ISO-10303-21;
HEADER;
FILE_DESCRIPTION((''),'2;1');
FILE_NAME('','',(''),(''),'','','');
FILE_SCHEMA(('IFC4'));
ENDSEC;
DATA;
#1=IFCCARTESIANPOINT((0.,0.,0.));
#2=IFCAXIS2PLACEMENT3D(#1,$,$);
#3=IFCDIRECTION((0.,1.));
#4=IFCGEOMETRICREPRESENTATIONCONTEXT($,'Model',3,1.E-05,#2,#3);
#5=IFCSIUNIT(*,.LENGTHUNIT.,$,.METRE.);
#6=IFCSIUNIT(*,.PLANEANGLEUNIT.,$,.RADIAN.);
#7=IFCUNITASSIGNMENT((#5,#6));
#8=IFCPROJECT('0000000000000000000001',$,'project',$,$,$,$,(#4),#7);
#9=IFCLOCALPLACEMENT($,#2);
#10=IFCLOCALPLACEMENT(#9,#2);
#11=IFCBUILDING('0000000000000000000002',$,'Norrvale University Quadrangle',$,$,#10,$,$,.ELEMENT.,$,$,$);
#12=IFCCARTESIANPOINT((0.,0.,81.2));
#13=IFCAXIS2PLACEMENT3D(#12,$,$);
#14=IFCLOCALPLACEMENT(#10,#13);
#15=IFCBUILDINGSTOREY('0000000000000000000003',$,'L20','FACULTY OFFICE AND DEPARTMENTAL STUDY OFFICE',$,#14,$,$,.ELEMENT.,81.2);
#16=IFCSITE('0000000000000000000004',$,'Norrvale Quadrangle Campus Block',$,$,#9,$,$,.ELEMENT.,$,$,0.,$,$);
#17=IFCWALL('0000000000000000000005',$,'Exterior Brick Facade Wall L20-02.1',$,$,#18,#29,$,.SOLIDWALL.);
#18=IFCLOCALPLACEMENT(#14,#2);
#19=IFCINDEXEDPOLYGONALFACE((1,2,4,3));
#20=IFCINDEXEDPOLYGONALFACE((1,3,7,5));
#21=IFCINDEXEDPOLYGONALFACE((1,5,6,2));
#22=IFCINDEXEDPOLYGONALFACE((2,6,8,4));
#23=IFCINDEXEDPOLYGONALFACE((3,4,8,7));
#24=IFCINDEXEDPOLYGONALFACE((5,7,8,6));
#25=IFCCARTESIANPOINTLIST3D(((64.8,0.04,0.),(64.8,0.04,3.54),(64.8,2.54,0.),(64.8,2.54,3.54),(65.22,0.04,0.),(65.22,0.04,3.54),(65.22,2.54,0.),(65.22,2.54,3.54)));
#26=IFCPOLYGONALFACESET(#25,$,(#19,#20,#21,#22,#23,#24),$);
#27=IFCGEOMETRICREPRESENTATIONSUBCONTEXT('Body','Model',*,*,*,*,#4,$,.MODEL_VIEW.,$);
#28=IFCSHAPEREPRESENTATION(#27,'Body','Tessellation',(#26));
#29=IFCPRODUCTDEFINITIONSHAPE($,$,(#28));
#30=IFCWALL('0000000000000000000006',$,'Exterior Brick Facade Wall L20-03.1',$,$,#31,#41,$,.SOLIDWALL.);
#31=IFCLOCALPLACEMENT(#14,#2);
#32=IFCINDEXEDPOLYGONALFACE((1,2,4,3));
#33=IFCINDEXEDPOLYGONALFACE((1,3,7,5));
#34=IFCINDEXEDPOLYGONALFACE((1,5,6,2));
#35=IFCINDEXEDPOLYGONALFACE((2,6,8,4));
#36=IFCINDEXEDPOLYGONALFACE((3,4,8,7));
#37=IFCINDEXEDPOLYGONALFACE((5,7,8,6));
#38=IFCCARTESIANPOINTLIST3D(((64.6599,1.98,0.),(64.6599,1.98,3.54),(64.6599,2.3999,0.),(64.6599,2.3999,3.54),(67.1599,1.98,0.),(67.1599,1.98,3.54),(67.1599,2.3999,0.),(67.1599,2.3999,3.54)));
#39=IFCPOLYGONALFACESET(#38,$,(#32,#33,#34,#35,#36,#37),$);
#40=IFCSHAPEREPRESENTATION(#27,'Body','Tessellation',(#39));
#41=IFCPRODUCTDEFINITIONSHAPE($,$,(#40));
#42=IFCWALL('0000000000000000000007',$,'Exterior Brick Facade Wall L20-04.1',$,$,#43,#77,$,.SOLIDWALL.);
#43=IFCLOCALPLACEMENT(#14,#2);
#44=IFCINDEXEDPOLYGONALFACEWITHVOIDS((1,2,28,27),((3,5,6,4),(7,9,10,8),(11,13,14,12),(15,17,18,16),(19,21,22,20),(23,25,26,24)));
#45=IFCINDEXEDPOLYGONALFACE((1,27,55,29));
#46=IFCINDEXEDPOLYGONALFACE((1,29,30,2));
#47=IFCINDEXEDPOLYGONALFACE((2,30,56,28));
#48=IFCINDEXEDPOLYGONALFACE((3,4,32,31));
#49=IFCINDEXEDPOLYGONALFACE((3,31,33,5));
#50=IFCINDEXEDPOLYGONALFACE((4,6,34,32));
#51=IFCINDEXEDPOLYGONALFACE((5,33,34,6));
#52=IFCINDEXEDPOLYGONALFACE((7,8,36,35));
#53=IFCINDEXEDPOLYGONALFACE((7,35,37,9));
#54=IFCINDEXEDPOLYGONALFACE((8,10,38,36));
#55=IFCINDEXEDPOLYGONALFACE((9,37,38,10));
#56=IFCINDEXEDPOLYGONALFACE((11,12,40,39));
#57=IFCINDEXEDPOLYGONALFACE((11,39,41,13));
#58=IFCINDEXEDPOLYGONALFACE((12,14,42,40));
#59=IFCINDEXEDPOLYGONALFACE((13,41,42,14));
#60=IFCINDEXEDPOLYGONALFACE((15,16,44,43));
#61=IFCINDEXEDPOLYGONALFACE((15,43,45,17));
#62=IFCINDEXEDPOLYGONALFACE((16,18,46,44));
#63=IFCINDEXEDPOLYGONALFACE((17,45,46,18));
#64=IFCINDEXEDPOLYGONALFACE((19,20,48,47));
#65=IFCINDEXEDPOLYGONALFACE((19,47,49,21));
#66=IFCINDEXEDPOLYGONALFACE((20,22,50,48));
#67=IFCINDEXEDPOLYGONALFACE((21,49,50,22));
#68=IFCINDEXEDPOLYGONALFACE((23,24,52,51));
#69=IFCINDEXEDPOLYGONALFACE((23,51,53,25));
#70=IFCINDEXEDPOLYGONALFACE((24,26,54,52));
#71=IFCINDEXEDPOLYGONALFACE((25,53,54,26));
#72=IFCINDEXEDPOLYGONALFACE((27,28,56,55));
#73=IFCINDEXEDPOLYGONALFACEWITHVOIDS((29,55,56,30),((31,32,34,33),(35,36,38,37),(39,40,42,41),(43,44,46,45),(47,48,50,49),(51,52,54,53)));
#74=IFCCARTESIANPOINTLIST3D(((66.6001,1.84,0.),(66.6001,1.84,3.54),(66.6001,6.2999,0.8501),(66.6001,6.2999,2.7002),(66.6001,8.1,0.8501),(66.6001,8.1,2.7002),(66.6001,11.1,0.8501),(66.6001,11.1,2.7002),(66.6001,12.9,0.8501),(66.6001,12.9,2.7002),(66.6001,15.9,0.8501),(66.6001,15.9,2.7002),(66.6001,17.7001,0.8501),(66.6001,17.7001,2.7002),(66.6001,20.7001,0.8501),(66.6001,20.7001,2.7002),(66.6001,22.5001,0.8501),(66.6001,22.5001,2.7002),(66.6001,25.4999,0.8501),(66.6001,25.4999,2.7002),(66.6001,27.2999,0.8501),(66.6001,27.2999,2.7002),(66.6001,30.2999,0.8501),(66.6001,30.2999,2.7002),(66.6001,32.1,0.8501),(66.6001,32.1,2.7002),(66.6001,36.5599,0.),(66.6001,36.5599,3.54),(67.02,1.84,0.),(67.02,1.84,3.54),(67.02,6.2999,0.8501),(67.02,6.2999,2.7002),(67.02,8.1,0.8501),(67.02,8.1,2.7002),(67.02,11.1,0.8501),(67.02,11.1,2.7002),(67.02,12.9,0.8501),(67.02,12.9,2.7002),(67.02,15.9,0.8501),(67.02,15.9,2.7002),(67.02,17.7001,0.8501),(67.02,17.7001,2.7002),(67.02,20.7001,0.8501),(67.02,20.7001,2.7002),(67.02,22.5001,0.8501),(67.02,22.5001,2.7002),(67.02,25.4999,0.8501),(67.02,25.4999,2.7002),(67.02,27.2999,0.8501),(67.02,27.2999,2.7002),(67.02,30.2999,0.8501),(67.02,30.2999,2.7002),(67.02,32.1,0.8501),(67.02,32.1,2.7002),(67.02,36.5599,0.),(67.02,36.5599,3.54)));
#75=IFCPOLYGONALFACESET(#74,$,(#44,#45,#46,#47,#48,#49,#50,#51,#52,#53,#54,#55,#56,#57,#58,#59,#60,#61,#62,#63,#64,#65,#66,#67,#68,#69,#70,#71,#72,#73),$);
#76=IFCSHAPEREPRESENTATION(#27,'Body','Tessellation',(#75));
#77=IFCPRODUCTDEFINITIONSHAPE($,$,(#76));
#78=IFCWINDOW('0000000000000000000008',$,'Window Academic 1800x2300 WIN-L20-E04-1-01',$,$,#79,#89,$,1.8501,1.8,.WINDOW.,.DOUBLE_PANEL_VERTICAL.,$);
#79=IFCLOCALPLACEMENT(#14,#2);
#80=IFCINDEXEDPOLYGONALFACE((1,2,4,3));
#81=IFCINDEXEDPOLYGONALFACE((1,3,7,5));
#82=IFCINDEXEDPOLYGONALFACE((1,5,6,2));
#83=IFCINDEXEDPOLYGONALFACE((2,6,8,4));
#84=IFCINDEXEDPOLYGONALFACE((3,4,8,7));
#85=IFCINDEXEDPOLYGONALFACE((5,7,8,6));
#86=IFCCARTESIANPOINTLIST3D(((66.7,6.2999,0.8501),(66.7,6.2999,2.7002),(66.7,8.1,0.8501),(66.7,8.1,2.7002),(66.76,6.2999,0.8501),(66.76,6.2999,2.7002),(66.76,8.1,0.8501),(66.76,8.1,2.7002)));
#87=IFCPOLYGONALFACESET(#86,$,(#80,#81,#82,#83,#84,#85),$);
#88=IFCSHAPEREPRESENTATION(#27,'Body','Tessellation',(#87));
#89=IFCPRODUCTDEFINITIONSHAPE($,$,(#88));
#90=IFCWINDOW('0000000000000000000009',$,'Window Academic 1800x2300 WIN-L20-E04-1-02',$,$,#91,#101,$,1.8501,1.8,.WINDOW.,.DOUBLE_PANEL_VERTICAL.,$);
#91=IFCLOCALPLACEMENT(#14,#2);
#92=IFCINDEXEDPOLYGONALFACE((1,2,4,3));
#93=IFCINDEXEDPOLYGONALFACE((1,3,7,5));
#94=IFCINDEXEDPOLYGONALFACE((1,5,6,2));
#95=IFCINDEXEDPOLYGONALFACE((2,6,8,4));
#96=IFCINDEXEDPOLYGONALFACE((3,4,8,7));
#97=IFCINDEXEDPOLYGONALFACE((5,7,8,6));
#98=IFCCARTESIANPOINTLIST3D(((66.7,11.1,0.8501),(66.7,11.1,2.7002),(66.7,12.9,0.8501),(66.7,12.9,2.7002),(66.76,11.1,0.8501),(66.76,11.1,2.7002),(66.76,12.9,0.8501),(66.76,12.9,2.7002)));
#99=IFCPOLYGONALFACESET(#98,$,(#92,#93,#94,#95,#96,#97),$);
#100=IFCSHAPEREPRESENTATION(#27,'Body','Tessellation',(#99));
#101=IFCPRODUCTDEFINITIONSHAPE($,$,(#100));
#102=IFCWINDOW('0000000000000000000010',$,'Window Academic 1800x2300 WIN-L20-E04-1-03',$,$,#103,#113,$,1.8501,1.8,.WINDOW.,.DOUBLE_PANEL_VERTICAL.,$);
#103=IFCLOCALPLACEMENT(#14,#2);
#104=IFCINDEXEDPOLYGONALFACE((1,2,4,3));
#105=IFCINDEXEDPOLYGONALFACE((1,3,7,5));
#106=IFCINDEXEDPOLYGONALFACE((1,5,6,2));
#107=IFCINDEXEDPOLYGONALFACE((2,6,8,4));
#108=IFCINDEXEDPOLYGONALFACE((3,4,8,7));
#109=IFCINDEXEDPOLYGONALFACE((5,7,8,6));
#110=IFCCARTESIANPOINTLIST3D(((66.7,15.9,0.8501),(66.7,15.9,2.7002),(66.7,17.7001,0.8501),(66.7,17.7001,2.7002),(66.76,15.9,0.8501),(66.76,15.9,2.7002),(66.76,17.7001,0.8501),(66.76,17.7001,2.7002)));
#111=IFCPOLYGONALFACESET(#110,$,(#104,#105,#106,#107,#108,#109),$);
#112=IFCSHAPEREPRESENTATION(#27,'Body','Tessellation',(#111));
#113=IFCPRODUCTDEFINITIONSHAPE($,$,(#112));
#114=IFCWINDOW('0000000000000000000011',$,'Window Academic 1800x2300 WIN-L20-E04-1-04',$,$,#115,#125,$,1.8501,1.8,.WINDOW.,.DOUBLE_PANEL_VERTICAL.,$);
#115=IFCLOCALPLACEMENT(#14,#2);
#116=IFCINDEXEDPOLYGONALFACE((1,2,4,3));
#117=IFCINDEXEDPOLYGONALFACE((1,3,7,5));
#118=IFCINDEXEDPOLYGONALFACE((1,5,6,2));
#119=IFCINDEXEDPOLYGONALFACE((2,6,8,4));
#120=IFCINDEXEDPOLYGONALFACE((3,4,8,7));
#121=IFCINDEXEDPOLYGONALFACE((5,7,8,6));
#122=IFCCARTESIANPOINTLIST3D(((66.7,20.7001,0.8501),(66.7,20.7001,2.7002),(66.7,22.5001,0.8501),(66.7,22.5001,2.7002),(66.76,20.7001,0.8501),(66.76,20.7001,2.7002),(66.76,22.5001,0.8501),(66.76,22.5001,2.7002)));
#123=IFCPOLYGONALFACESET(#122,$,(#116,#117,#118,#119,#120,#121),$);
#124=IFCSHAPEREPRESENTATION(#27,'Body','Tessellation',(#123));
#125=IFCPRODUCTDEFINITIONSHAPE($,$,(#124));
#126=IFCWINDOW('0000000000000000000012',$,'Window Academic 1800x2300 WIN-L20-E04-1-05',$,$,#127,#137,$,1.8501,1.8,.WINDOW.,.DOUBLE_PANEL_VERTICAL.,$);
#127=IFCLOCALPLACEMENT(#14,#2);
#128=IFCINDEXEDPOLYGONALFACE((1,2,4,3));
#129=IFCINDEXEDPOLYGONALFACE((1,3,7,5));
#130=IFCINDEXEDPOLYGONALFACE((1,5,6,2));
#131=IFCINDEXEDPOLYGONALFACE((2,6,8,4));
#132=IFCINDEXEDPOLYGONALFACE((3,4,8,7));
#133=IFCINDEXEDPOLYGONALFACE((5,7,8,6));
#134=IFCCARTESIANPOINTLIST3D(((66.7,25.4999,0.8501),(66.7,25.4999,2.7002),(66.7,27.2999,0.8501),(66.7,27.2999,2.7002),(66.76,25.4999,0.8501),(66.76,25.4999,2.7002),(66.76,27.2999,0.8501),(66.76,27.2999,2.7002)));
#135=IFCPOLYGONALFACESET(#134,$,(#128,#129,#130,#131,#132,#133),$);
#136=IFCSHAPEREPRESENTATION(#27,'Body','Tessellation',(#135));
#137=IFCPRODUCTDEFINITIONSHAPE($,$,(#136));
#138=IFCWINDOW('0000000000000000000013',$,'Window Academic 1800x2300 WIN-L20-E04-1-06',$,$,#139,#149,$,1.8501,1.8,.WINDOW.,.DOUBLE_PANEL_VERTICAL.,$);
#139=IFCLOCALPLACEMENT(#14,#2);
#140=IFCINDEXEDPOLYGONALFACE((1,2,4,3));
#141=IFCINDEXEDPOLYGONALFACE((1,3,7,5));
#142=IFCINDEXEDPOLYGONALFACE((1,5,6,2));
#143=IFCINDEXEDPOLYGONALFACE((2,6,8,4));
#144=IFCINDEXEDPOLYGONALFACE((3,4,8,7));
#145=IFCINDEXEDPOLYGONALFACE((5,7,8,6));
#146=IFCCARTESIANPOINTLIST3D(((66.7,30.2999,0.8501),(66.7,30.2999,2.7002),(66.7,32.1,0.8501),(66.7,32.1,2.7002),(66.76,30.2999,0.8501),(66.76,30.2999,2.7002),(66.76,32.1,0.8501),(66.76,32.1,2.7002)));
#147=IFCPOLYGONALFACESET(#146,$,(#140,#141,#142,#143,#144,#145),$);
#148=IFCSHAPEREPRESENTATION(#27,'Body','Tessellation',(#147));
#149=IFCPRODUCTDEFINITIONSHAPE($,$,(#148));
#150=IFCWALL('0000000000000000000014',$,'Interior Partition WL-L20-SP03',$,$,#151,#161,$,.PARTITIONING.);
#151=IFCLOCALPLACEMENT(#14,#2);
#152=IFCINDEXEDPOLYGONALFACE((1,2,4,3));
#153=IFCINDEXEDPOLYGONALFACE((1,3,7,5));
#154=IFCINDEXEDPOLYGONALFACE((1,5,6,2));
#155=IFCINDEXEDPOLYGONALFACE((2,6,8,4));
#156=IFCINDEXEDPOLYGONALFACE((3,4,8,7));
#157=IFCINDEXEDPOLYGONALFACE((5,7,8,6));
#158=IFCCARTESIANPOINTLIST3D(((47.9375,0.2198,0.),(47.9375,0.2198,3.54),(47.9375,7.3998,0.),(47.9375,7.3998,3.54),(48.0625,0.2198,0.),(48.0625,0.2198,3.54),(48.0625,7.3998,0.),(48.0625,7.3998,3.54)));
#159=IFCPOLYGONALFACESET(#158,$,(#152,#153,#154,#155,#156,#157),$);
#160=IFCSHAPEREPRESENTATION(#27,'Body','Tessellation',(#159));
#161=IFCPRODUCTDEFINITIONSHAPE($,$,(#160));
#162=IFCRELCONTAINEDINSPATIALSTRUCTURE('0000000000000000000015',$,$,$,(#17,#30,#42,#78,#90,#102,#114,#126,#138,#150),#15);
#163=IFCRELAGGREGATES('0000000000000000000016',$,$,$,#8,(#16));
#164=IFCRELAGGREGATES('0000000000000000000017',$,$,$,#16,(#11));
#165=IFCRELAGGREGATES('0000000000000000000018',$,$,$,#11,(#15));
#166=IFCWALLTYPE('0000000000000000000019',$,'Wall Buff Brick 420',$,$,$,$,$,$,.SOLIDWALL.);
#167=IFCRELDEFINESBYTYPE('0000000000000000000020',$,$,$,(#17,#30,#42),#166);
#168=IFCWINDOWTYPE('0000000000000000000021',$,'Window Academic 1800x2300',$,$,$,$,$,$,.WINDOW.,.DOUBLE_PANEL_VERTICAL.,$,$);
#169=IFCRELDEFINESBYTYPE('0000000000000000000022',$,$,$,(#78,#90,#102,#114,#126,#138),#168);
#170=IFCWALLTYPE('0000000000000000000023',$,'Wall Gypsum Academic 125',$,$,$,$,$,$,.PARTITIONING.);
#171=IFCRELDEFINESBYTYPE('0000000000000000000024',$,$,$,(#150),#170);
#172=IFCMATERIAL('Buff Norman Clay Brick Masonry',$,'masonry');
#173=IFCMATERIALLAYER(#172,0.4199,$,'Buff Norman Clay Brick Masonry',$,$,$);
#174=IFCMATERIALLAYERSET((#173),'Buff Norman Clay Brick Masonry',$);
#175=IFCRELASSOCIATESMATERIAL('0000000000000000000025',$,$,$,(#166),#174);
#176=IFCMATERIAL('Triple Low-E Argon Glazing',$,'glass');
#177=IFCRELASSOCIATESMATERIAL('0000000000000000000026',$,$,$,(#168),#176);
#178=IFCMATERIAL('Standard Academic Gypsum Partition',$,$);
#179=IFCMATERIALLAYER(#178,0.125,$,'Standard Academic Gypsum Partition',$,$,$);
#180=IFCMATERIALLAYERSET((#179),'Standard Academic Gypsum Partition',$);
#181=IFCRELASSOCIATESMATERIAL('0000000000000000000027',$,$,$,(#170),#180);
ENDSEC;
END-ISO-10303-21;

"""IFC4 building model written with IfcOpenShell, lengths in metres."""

from ifc_helpers import new_model, si_unit, direction, frame, frame_2d, origin, place, context, subcontext, project, spatial, rectangle, extrude, material, layer, layer_set, type_object, element, fill, save


model = new_model("IFC4")

# Units and contexts
model_context = context("Model", 3, precision=1e-05, world=origin(), true_north=direction((0.0, 1.0)))
body_context = subcontext(model_context, "Body", "Model", "MODEL_VIEW")
ifc_project = project(units=[si_unit("LENGTHUNIT", "METRE"), si_unit("PLANEANGLEUNIT", "RADIAN")], contexts=[model_context])

# Site, building, storey
site_placement = place(None, origin())
site = spatial("IfcSite", under=ifc_project, at=site_placement, Name="Norrvale Quadrangle Campus Block", CompositionType="ELEMENT", RefElevation=0.0)
building_placement = place(site_placement, origin())
building = spatial("IfcBuilding", under=site, at=building_placement, Name="Norrvale University Quadrangle", CompositionType="ELEMENT")
storey_placement = place(building_placement, frame((0.0, 0.0, 81.2)))
storey = spatial("IfcBuildingStorey", under=building, at=storey_placement, Name="L20", Description="FACULTY OFFICE AND DEPARTMENTAL STUDY OFFICE", CompositionType="ELEMENT", Elevation=81.2)

# Walls
ifc_material_1 = material(Name="Buff Norman Clay Brick Masonry", Category="masonry")
ifc_layer_1 = layer(ifc_material_1, 0.4199, Name="Buff Norman Clay Brick Masonry")
ifc_layer_set_1 = layer_set([ifc_layer_1], Name="Buff Norman Clay Brick Masonry")
wall_type_1 = type_object("IfcWallType", Name="Wall Buff Brick 420", PredefinedType="SOLIDWALL", material=ifc_layer_set_1)
for number, where, z_axis, x_axis, name in (
    (1, (65.01, 0.04, 0.0), (0.0, 0.0, 1.0), (0.0, 1.0, 0.0), "Exterior Brick Facade Wall L20-02.1"),
    (2, (64.6599, 2.1899, 0.0), (0.0, 0.0, 1.0), (1.0, 0.0, 0.0), "Exterior Brick Facade Wall L20-03.1"),
):
    element("IfcWall", number, at=place(storey_placement, frame(where, z_axis=z_axis, x_axis=x_axis)), inside=storey, type_object=wall_type_1, Name=name, PredefinedType="SOLIDWALL", context=body_context, shape_type="SweptSolid", body=[
        extrude(rectangle(XDim=2.5, YDim=0.4199, at=frame_2d((1.25, 0.0))), origin(), (0.0, 0.0, 1.0), 3.54),
    ])

# Wall, openings, windows
wall_1_placement = place(storey_placement, frame((66.8101, 1.8401, 0.0), z_axis=(0.0, 0.0, 1.0), x_axis=(0.0, 1.0, 0.0)))
wall_1 = element("IfcWall", 3, at=wall_1_placement, inside=storey, type_object=wall_type_1, Name="Exterior Brick Facade Wall L20-04.1", PredefinedType="SOLIDWALL", context=body_context, shape_type="SweptSolid", body=[
    extrude(rectangle(XDim=34.72, YDim=0.4199, at=frame_2d((17.3599, 0.0))), origin(), (0.0, 0.0, 1.0), 3.54),
])
opening_1_placement = place(wall_1_placement, frame((4.46, 0.0, 0.8501)))
opening_1 = element("IfcOpeningElement", 4, at=opening_1_placement, cuts=wall_1, PredefinedType="OPENING", context=body_context, shape_type="SweptSolid", body=[
    extrude(rectangle(XDim=1.8, YDim=1.8501, at=frame_2d((0.8999, 0.925))), frame((0.0, 0.2219, 0.0), z_axis=(0.0, -1.0, 0.0), x_axis=(1.0, 0.0, 0.0)), (0.0, 0.0, 1.0), 0.4438),
])
opening_2_placement = place(wall_1_placement, frame((9.26, 0.0, 0.8501)))
opening_2 = element("IfcOpeningElement", 5, at=opening_2_placement, cuts=wall_1, PredefinedType="OPENING", context=body_context, shape_type="SweptSolid", body=[
    extrude(rectangle(XDim=1.8, YDim=1.8501, at=frame_2d((0.8999, 0.925))), frame((0.0, 0.2219, 0.0), z_axis=(0.0, -1.0, 0.0), x_axis=(1.0, 0.0, 0.0)), (0.0, 0.0, 1.0), 0.4438),
])
opening_3_placement = place(wall_1_placement, frame((14.0601, 0.0, 0.8501)))
opening_3 = element("IfcOpeningElement", 6, at=opening_3_placement, cuts=wall_1, PredefinedType="OPENING", context=body_context, shape_type="SweptSolid", body=[
    extrude(rectangle(XDim=1.8, YDim=1.8501, at=frame_2d((0.8999, 0.925))), frame((0.0, 0.2219, 0.0), z_axis=(0.0, -1.0, 0.0), x_axis=(1.0, 0.0, 0.0)), (0.0, 0.0, 1.0), 0.4438),
])
opening_4_placement = place(wall_1_placement, frame((18.8601, 0.0, 0.8501)))
opening_4 = element("IfcOpeningElement", 7, at=opening_4_placement, cuts=wall_1, PredefinedType="OPENING", context=body_context, shape_type="SweptSolid", body=[
    extrude(rectangle(XDim=1.8, YDim=1.8501, at=frame_2d((0.8999, 0.925))), frame((0.0, 0.2219, 0.0), z_axis=(0.0, -1.0, 0.0), x_axis=(1.0, 0.0, 0.0)), (0.0, 0.0, 1.0), 0.4438),
])
opening_5_placement = place(wall_1_placement, frame((23.6599, 0.0, 0.8501)))
opening_5 = element("IfcOpeningElement", 8, at=opening_5_placement, cuts=wall_1, PredefinedType="OPENING", context=body_context, shape_type="SweptSolid", body=[
    extrude(rectangle(XDim=1.8, YDim=1.8501, at=frame_2d((0.8999, 0.925))), frame((0.0, 0.2219, 0.0), z_axis=(0.0, -1.0, 0.0), x_axis=(1.0, 0.0, 0.0)), (0.0, 0.0, 1.0), 0.4438),
])
opening_6_placement = place(wall_1_placement, frame((28.46, 0.0, 0.8501)))
opening_6 = element("IfcOpeningElement", 9, at=opening_6_placement, cuts=wall_1, PredefinedType="OPENING", context=body_context, shape_type="SweptSolid", body=[
    extrude(rectangle(XDim=1.8, YDim=1.8501, at=frame_2d((0.8999, 0.925))), frame((0.0, 0.2219, 0.0), z_axis=(0.0, -1.0, 0.0), x_axis=(1.0, 0.0, 0.0)), (0.0, 0.0, 1.0), 0.4438),
])
ifc_material_2 = material(Name="Triple Low-E Argon Glazing", Category="glass")
window_type = type_object("IfcWindowType", Name="Window Academic 1800x2300", PartitioningType="DOUBLE_PANEL_VERTICAL", PredefinedType="WINDOW", material=ifc_material_2)
window_1_placement = place(opening_1_placement, origin())
window_1 = element("IfcWindow", 10, at=window_1_placement, inside=storey, type_object=window_type, Name="Window Academic 1800x2300 WIN-L20-E04-1-01", OverallHeight=1.8501, OverallWidth=1.8, PartitioningType="DOUBLE_PANEL_VERTICAL", PredefinedType="WINDOW", context=body_context, shape_type="SweptSolid", body=[
    extrude(rectangle(XDim=1.8, YDim=1.8501, at=frame_2d((0.8999, 0.925))), frame((0.0, 0.1101, 0.0), z_axis=(0.0, -1.0, 0.0), x_axis=(1.0, 0.0, 0.0)), (0.0, 0.0, 1.0), 0.0601),
])
fill(opening_1, window_1)
window_2_placement = place(opening_2_placement, origin())
window_2 = element("IfcWindow", 11, at=window_2_placement, inside=storey, type_object=window_type, Name="Window Academic 1800x2300 WIN-L20-E04-1-02", OverallHeight=1.8501, OverallWidth=1.8, PartitioningType="DOUBLE_PANEL_VERTICAL", PredefinedType="WINDOW", context=body_context, shape_type="SweptSolid", body=[
    extrude(rectangle(XDim=1.8, YDim=1.8501, at=frame_2d((0.8999, 0.925))), frame((0.0, 0.1101, 0.0), z_axis=(0.0, -1.0, 0.0), x_axis=(1.0, 0.0, 0.0)), (0.0, 0.0, 1.0), 0.0601),
])
fill(opening_2, window_2)
window_3_placement = place(opening_3_placement, origin())
window_3 = element("IfcWindow", 12, at=window_3_placement, inside=storey, type_object=window_type, Name="Window Academic 1800x2300 WIN-L20-E04-1-03", OverallHeight=1.8501, OverallWidth=1.8, PartitioningType="DOUBLE_PANEL_VERTICAL", PredefinedType="WINDOW", context=body_context, shape_type="SweptSolid", body=[
    extrude(rectangle(XDim=1.8, YDim=1.8501, at=frame_2d((0.8999, 0.925))), frame((0.0, 0.1101, 0.0), z_axis=(0.0, -1.0, 0.0), x_axis=(1.0, 0.0, 0.0)), (0.0, 0.0, 1.0), 0.0601),
])
fill(opening_3, window_3)
window_4_placement = place(opening_4_placement, origin())
window_4 = element("IfcWindow", 13, at=window_4_placement, inside=storey, type_object=window_type, Name="Window Academic 1800x2300 WIN-L20-E04-1-04", OverallHeight=1.8501, OverallWidth=1.8, PartitioningType="DOUBLE_PANEL_VERTICAL", PredefinedType="WINDOW", context=body_context, shape_type="SweptSolid", body=[
    extrude(rectangle(XDim=1.8, YDim=1.8501, at=frame_2d((0.8999, 0.925))), frame((0.0, 0.1101, 0.0), z_axis=(0.0, -1.0, 0.0), x_axis=(1.0, 0.0, 0.0)), (0.0, 0.0, 1.0), 0.0601),
])
fill(opening_4, window_4)
window_5_placement = place(opening_5_placement, origin())
window_5 = element("IfcWindow", 14, at=window_5_placement, inside=storey, type_object=window_type, Name="Window Academic 1800x2300 WIN-L20-E04-1-05", OverallHeight=1.8501, OverallWidth=1.8, PartitioningType="DOUBLE_PANEL_VERTICAL", PredefinedType="WINDOW", context=body_context, shape_type="SweptSolid", body=[
    extrude(rectangle(XDim=1.8, YDim=1.8501, at=frame_2d((0.8999, 0.925))), frame((0.0, 0.1101, 0.0), z_axis=(0.0, -1.0, 0.0), x_axis=(1.0, 0.0, 0.0)), (0.0, 0.0, 1.0), 0.0601),
])
fill(opening_5, window_5)
window_6_placement = place(opening_6_placement, origin())
window_6 = element("IfcWindow", 15, at=window_6_placement, inside=storey, type_object=window_type, Name="Window Academic 1800x2300 WIN-L20-E04-1-06", OverallHeight=1.8501, OverallWidth=1.8, PartitioningType="DOUBLE_PANEL_VERTICAL", PredefinedType="WINDOW", context=body_context, shape_type="SweptSolid", body=[
    extrude(rectangle(XDim=1.8, YDim=1.8501, at=frame_2d((0.8999, 0.925))), frame((0.0, 0.1101, 0.0), z_axis=(0.0, -1.0, 0.0), x_axis=(1.0, 0.0, 0.0)), (0.0, 0.0, 1.0), 0.0601),
])
fill(opening_6, window_6)

# Wall
ifc_material_3 = material(Name="Standard Academic Gypsum Partition")
ifc_layer_2 = layer(ifc_material_3, 0.125, Name="Standard Academic Gypsum Partition")
ifc_layer_set_2 = layer_set([ifc_layer_2], Name="Standard Academic Gypsum Partition")
wall_type_2 = type_object("IfcWallType", Name="Wall Gypsum Academic 125", PredefinedType="PARTITIONING", material=ifc_layer_set_2)
wall_2_placement = place(storey_placement, frame((48.0, 0.22, 0.0), z_axis=(0.0, 0.0, 1.0), x_axis=(0.0, 1.0, 0.0)))
element("IfcWall", 16, at=wall_2_placement, inside=storey, type_object=wall_type_2, Name="Interior Partition WL-L20-SP03", PredefinedType="PARTITIONING", context=body_context, shape_type="SweptSolid", body=[
    extrude(rectangle(XDim=7.1799, YDim=0.125, at=frame_2d((3.5898, 0.0))), origin(), (0.0, 0.0, 1.0), 3.54),
])

save(model, "model.ifc")
